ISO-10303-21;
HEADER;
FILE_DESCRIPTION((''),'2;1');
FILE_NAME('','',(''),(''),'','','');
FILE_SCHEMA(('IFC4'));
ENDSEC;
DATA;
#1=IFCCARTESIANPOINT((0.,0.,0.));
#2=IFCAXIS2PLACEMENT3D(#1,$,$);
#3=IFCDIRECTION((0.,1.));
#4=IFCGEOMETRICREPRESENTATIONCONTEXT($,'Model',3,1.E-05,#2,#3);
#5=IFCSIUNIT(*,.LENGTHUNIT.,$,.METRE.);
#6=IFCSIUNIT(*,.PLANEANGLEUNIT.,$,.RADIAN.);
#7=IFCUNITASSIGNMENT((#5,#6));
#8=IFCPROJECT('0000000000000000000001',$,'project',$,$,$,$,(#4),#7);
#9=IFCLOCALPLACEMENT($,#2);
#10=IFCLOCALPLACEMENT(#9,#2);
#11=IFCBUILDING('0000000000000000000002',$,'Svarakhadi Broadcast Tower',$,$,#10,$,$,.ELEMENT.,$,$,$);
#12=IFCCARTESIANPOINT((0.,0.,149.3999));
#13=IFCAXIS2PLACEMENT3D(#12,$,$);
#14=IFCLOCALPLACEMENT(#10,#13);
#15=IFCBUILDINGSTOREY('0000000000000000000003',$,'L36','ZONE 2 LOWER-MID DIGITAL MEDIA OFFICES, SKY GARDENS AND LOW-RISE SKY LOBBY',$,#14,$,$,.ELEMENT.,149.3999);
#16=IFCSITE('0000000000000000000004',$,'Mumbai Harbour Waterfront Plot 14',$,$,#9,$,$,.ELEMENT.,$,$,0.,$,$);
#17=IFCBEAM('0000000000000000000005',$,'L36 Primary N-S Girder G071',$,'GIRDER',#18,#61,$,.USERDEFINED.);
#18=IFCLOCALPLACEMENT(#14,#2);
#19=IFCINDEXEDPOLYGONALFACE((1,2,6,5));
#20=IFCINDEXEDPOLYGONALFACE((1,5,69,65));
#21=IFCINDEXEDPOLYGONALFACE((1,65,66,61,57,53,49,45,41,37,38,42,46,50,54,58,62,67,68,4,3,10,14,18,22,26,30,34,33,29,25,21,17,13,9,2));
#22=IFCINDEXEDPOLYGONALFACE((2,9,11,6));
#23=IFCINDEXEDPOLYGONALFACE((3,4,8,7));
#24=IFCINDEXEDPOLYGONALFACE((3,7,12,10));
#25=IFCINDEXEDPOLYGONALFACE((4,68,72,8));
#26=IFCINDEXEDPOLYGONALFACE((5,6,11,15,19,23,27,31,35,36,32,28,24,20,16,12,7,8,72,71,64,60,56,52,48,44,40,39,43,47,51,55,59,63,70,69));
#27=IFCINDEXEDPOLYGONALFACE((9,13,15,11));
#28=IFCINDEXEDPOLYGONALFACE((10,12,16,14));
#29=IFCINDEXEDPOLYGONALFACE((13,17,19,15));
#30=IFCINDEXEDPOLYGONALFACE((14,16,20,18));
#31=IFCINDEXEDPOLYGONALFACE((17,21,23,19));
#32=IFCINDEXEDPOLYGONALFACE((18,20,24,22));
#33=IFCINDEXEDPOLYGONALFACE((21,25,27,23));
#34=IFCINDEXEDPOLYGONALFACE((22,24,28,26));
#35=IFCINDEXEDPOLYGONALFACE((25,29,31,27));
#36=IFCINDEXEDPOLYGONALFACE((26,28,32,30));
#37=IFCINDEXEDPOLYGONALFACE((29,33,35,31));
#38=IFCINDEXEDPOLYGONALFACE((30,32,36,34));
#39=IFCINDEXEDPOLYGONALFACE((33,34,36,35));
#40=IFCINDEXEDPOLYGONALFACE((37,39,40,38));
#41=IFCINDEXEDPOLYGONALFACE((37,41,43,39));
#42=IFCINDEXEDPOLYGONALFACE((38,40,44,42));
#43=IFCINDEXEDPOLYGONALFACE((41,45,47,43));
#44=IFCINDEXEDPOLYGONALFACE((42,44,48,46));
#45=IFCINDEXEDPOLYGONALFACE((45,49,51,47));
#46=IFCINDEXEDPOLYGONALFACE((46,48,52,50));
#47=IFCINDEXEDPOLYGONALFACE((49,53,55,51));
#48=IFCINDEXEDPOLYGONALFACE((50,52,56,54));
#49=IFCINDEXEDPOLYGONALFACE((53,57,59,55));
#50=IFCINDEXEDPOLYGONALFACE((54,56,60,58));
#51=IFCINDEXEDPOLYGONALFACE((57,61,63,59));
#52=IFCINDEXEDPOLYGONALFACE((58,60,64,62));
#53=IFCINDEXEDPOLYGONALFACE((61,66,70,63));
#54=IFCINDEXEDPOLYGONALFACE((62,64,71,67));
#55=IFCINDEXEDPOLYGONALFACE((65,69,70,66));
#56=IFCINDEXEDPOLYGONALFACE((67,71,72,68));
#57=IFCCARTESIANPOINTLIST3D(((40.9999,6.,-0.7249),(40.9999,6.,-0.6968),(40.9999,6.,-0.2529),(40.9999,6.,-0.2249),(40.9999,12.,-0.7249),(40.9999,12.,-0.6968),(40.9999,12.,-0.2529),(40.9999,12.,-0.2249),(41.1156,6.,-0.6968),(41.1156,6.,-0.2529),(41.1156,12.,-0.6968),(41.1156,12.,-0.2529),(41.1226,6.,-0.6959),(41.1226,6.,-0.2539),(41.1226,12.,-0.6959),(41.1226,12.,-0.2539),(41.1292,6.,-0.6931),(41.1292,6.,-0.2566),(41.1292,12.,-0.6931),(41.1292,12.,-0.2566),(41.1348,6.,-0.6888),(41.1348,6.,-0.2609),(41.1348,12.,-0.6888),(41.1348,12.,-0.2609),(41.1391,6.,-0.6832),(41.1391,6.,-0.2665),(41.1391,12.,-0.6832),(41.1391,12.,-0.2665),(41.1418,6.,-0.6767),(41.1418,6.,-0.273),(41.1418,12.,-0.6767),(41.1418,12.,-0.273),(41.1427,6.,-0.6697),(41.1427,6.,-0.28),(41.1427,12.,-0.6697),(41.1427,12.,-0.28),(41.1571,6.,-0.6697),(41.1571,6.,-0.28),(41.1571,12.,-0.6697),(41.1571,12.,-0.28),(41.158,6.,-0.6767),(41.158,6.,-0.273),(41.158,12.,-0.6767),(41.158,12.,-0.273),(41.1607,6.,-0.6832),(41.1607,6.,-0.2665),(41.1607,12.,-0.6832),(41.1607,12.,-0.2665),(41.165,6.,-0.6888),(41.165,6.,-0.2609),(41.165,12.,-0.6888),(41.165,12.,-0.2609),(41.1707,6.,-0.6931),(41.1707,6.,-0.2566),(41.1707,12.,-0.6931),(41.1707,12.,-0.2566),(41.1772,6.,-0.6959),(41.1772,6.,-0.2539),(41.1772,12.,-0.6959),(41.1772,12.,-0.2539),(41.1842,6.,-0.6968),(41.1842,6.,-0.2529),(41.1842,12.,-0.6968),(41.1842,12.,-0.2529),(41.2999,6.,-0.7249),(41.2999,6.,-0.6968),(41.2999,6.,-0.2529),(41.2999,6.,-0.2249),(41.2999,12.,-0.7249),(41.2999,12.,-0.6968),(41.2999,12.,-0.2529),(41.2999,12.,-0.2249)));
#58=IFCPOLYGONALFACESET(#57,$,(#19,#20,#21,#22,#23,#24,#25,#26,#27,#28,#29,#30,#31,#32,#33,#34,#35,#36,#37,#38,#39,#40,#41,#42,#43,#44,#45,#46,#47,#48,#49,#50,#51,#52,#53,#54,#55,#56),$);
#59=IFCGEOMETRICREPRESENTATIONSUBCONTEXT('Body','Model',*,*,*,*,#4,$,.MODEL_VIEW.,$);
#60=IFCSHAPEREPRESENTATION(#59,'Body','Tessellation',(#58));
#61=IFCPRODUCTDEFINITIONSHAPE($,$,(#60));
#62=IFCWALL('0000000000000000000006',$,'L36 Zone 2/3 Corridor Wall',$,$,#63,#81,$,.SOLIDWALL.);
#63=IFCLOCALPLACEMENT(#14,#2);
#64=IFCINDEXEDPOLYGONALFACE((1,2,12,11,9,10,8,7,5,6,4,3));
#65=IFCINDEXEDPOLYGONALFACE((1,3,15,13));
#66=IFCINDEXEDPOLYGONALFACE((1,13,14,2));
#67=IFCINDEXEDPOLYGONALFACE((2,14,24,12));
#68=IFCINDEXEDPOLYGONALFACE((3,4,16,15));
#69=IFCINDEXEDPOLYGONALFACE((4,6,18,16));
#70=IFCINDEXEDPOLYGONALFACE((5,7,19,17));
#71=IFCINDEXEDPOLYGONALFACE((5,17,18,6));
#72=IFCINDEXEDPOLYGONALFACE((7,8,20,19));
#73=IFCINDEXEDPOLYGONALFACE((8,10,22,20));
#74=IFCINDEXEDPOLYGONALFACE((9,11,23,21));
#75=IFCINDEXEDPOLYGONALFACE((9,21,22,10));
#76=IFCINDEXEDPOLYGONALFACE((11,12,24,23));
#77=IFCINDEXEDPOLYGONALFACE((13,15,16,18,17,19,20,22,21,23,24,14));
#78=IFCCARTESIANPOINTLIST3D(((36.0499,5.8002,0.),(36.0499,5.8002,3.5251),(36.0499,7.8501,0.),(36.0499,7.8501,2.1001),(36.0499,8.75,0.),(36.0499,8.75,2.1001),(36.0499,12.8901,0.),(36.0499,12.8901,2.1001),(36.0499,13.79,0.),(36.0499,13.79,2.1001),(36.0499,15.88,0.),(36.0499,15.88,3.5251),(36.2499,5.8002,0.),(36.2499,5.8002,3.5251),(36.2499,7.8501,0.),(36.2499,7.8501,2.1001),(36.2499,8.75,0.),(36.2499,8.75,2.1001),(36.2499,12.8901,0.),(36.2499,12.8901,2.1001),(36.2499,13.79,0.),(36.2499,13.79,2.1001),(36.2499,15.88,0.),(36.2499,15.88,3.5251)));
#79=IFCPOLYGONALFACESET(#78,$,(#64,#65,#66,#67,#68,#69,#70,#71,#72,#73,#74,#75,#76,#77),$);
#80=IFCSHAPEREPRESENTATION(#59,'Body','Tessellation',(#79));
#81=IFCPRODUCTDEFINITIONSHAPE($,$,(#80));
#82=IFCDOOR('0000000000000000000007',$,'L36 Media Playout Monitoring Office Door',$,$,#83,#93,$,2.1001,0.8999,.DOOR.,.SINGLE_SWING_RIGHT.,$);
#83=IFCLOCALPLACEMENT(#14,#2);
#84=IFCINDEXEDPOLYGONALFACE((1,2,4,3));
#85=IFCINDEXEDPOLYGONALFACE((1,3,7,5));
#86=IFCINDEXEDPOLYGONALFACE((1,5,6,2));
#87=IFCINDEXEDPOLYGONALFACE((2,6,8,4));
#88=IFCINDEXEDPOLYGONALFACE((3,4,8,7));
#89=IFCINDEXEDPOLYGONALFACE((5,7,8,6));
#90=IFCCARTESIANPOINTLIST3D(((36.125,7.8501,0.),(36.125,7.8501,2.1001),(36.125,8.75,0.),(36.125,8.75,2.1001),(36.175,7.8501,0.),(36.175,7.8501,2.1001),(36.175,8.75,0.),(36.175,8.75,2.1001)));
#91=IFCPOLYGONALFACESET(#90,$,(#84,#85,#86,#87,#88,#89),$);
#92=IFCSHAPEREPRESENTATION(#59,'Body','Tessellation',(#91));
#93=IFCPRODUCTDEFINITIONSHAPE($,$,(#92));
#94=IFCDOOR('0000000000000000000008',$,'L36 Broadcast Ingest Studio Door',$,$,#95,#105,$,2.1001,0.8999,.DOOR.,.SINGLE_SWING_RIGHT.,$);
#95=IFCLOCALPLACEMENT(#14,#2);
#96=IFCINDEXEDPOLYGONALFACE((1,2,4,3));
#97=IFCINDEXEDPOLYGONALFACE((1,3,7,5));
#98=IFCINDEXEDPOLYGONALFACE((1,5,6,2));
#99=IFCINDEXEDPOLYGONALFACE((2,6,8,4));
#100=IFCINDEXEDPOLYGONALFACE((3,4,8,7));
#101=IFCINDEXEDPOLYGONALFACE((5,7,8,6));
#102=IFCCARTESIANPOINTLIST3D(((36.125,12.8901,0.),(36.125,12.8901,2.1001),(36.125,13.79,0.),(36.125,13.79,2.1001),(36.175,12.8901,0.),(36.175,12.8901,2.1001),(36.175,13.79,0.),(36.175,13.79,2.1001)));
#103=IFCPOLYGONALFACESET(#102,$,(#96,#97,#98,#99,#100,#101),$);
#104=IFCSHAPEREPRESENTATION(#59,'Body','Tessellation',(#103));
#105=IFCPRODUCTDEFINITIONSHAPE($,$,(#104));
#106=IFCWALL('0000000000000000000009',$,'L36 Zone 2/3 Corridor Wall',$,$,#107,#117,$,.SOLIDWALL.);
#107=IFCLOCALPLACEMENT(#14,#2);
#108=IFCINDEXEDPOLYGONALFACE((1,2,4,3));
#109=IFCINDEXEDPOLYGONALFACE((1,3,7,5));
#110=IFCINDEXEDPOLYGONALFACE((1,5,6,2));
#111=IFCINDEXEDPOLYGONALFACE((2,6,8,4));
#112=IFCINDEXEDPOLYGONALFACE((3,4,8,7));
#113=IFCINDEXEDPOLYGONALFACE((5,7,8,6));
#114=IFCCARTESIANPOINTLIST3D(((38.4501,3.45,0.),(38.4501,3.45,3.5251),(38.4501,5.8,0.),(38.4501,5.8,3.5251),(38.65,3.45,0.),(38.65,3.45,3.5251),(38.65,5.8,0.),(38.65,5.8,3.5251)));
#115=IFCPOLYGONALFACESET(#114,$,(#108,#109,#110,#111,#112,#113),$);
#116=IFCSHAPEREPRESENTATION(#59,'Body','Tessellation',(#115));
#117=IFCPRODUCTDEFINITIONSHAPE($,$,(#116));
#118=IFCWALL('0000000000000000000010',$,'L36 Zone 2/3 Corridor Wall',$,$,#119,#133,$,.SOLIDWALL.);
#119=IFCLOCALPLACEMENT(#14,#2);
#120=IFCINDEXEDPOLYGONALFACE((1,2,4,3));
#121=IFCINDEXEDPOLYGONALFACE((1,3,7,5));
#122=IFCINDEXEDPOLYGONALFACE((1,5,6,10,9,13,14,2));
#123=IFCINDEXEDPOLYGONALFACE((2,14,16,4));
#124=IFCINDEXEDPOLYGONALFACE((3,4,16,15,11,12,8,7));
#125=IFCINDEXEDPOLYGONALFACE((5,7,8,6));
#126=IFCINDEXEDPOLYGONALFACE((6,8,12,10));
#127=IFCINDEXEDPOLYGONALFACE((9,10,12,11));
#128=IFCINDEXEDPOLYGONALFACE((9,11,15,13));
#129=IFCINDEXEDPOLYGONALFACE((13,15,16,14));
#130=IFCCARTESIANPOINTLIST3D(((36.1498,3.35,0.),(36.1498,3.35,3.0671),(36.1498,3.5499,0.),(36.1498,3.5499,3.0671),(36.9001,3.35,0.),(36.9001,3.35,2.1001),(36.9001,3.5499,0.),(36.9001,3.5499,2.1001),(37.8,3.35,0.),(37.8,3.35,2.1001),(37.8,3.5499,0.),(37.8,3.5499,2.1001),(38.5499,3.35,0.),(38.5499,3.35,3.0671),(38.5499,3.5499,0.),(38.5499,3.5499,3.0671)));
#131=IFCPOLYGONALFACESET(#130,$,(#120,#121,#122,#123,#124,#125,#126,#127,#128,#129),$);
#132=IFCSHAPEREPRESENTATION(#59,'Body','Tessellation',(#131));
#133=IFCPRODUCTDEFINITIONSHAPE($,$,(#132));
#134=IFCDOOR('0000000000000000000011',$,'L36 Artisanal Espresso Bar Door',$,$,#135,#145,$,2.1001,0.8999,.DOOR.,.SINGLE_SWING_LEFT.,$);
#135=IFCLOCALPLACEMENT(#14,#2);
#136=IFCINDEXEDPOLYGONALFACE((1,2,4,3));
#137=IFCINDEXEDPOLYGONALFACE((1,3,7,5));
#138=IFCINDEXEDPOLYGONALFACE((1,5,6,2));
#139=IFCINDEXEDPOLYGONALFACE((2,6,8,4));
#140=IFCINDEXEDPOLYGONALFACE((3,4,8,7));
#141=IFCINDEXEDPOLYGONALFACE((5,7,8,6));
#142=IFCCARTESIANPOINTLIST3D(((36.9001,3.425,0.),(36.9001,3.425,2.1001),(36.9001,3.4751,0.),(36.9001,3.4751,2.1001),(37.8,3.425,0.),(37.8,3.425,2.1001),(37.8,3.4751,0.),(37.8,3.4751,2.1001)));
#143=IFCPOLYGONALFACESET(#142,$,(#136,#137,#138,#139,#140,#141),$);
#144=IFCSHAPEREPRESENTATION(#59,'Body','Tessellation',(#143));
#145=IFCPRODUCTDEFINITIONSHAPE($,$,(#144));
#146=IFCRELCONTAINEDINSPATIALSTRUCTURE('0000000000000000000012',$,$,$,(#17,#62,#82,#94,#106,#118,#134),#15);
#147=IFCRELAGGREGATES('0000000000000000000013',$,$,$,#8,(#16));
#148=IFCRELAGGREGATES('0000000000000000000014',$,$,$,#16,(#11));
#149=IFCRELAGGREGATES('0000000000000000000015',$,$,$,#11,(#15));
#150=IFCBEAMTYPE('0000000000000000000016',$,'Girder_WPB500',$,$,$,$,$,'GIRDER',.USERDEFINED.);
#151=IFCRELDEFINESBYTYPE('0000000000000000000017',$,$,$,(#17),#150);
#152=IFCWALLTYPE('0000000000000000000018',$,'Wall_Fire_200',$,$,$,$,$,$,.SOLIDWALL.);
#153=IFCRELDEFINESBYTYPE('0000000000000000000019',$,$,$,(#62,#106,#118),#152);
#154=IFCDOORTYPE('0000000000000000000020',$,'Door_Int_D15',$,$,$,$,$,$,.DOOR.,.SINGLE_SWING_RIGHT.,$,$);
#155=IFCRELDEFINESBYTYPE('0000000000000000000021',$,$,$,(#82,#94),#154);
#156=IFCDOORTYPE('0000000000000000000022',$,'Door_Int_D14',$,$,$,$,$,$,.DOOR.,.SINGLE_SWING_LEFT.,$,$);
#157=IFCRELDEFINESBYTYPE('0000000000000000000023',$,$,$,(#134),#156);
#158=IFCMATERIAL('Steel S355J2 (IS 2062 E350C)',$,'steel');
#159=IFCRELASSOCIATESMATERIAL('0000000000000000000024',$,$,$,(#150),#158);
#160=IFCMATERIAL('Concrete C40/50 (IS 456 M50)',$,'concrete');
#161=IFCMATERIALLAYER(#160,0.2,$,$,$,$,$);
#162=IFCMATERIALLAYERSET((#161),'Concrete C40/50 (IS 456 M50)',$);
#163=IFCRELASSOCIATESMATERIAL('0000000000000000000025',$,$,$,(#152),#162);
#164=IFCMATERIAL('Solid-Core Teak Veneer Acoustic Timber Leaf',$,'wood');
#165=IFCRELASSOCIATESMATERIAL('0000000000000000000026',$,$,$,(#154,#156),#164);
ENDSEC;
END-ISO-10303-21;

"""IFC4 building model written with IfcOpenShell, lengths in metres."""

from ifc_helpers import new_model, si_unit, direction, frame, frame_2d, origin, origin_2d, place, context, subcontext, project, spatial, rectangle, i_section, extrude, material, layer, layer_set, material_profile, profile_set, type_object, element, fill, save


model = new_model("IFC4")

# Units and contexts
model_context = context("Model", 3, precision=1e-05, world=origin(), true_north=direction((0.0, 1.0)))
body_context = subcontext(model_context, "Body", "Model", "MODEL_VIEW")
ifc_project = project(units=[si_unit("LENGTHUNIT", "METRE"), si_unit("PLANEANGLEUNIT", "RADIAN")], contexts=[model_context])

# Site, building, storey
site_placement = place(None, origin())
site = spatial("IfcSite", under=ifc_project, at=site_placement, Name="Mumbai Harbour Waterfront Plot 14", CompositionType="ELEMENT", RefElevation=0.0)
building_placement = place(site_placement, origin())
building = spatial("IfcBuilding", under=site, at=building_placement, Name="Svarakhadi Broadcast Tower", CompositionType="ELEMENT")
storey_placement = place(building_placement, frame((0.0, 0.0, 149.3999)))
storey = spatial("IfcBuildingStorey", under=building, at=storey_placement, Name="L36", Description="ZONE 2 LOWER-MID DIGITAL MEDIA OFFICES, SKY GARDENS AND LOW-RISE SKY LOBBY", CompositionType="ELEMENT", Elevation=149.3999)

# Beam
ifc_material_1 = material(Name="Steel S355J2 (IS 2062 E350C)", Category="steel")
ifc_material_profile_1 = material_profile(ifc_material_1, i_section(OverallWidth=0.3, OverallDepth=0.5, WebThickness=0.0144, FlangeThickness=0.0281, FilletRadius=0.0271, at=origin_2d()), Name="WPB 500x300x187")
ifc_profile_set_1 = profile_set([ifc_material_profile_1], Name="Steel S355J2 (IS 2062 E350C)")
beam_type_1 = type_object("IfcBeamType", Name="Girder_WPB500", ElementType="GIRDER", PredefinedType="USERDEFINED", material=ifc_profile_set_1)
for number, where, z_axis, x_axis, name in (
    (1, (41.1499, 6.0, -0.4749), (0.0, 1.0, 0.0), (-1.0, 0.0, 0.0), "L36 Primary N-S Girder G071"),
):
    element("IfcBeam", number, at=place(storey_placement, frame(where, z_axis=z_axis, x_axis=x_axis)), inside=storey, type_object=beam_type_1, Name=name, ObjectType="GIRDER", PredefinedType="USERDEFINED", context=body_context, shape_type="SweptSolid", body=[
        extrude(i_section(OverallWidth=0.3, OverallDepth=0.5, WebThickness=0.0144, FlangeThickness=0.0281, FilletRadius=0.0271, at=origin_2d()), origin(), (0.0, 0.0, 1.0), 6.0),
    ])

# Wall, openings, doors
ifc_material_2 = material(Name="Concrete C40/50 (IS 456 M50)", Category="concrete")
ifc_layer_1 = layer(ifc_material_2, 0.2)
ifc_layer_set_1 = layer_set([ifc_layer_1], Name="Concrete C40/50 (IS 456 M50)")
wall_type_1 = type_object("IfcWallType", Name="Wall_Fire_200", PredefinedType="SOLIDWALL", material=ifc_layer_set_1)
wall_1_placement = place(storey_placement, frame((36.1499, 5.8, 0.0), z_axis=(0.0, 0.0, 1.0), x_axis=(0.0, 1.0, 0.0)))
wall_1 = element("IfcWall", 2, at=wall_1_placement, inside=storey, type_object=wall_type_1, Name="L36 Zone 2/3 Corridor Wall", PredefinedType="SOLIDWALL", context=body_context, shape_type="SweptSolid", body=[
    extrude(rectangle(XDim=10.0798, YDim=0.2, at=frame_2d((5.04, 0.0))), origin(), (0.0, 0.0, 1.0), 3.5251),
])
opening_1_placement = place(wall_1_placement, frame((2.05, 0.0, 0.0)))
opening_1 = element("IfcOpeningElement", 3, at=opening_1_placement, cuts=wall_1, PredefinedType="OPENING", context=body_context, shape_type="SweptSolid", body=[
    extrude(rectangle(XDim=0.8999, YDim=2.1001, at=frame_2d((0.45, 1.05))), frame((0.0, 0.1099, 0.0), z_axis=(0.0, -1.0, 0.0), x_axis=(1.0, 0.0, 0.0)), (0.0, 0.0, 1.0), 0.22),
])
opening_2_placement = place(wall_1_placement, frame((7.0901, 0.0, 0.0)))
opening_2 = element("IfcOpeningElement", 4, at=opening_2_placement, cuts=wall_1, PredefinedType="OPENING", context=body_context, shape_type="SweptSolid", body=[
    extrude(rectangle(XDim=0.8999, YDim=2.1001, at=frame_2d((0.45, 1.05))), frame((0.0, 0.1099, 0.0), z_axis=(0.0, -1.0, 0.0), x_axis=(1.0, 0.0, 0.0)), (0.0, 0.0, 1.0), 0.22),
])
ifc_material_3 = material(Name="Solid-Core Teak Veneer Acoustic Timber Leaf", Category="wood")
door_type_1 = type_object("IfcDoorType", Name="Door_Int_D15", OperationType="SINGLE_SWING_RIGHT", PredefinedType="DOOR", material=ifc_material_3)
door_1_placement = place(opening_1_placement, origin())
door_1 = element("IfcDoor", 5, at=door_1_placement, inside=storey, type_object=door_type_1, Name="L36 Media Playout Monitoring Office Door", OperationType="SINGLE_SWING_RIGHT", OverallHeight=2.1001, OverallWidth=0.8999, PredefinedType="DOOR", context=body_context, shape_type="SweptSolid", body=[
    extrude(rectangle(XDim=0.8999, YDim=2.1001, at=frame_2d((0.45, 1.05))), frame((0.0, 0.0249, 0.0), z_axis=(0.0, -1.0, 0.0), x_axis=(1.0, 0.0, 0.0)), (0.0, 0.0, 1.0), 0.05),
])
fill(opening_1, door_1)
door_2_placement = place(opening_2_placement, origin())
door_2 = element("IfcDoor", 6, at=door_2_placement, inside=storey, type_object=door_type_1, Name="L36 Broadcast Ingest Studio Door", OperationType="SINGLE_SWING_RIGHT", OverallHeight=2.1001, OverallWidth=0.8999, PredefinedType="DOOR", context=body_context, shape_type="SweptSolid", body=[
    extrude(rectangle(XDim=0.8999, YDim=2.1001, at=frame_2d((0.45, 1.05))), frame((0.0, 0.0249, 0.0), z_axis=(0.0, -1.0, 0.0), x_axis=(1.0, 0.0, 0.0)), (0.0, 0.0, 1.0), 0.05),
])
fill(opening_2, door_2)

# Wall
wall_2_placement = place(storey_placement, frame((38.55, 5.8, 0.0), z_axis=(0.0, 0.0, 1.0), x_axis=(0.0, -1.0, 0.0)))
element("IfcWall", 7, at=wall_2_placement, inside=storey, type_object=wall_type_1, Name="L36 Zone 2/3 Corridor Wall", PredefinedType="SOLIDWALL", context=body_context, shape_type="SweptSolid", body=[
    extrude(rectangle(XDim=2.3501, YDim=0.2, at=frame_2d((1.175, 0.0))), origin(), (0.0, 0.0, 1.0), 3.5251),
])

# Wall, opening, door
wall_3_placement = place(storey_placement, frame((38.55, 3.45, 0.0), z_axis=(0.0, 0.0, 1.0), x_axis=(-1.0, 0.0, 0.0)))
wall_3 = element("IfcWall", 8, at=wall_3_placement, inside=storey, type_object=wall_type_1, Name="L36 Zone 2/3 Corridor Wall", PredefinedType="SOLIDWALL", context=body_context, shape_type="SweptSolid", body=[
    extrude(rectangle(XDim=2.4001, YDim=0.2, at=frame_2d((1.2002, 0.0))), origin(), (0.0, 0.0, 1.0), 3.0671),
])
opening_3_placement = place(wall_3_placement, frame((0.75, 0.0, 0.0)))
opening_3 = element("IfcOpeningElement", 9, at=opening_3_placement, cuts=wall_3, PredefinedType="OPENING", context=body_context, shape_type="SweptSolid", body=[
    extrude(rectangle(XDim=0.8999, YDim=2.1001, at=frame_2d((0.45, 1.05))), frame((0.0, 0.1099, 0.0), z_axis=(0.0, -1.0, 0.0), x_axis=(1.0, 0.0, 0.0)), (0.0, 0.0, 1.0), 0.22),
])
door_type_2 = type_object("IfcDoorType", Name="Door_Int_D14", OperationType="SINGLE_SWING_LEFT", PredefinedType="DOOR", material=ifc_material_3)
door_3_placement = place(opening_3_placement, origin())
door_3 = element("IfcDoor", 10, at=door_3_placement, inside=storey, type_object=door_type_2, Name="L36 Artisanal Espresso Bar Door", OperationType="SINGLE_SWING_LEFT", OverallHeight=2.1001, OverallWidth=0.8999, PredefinedType="DOOR", context=body_context, shape_type="SweptSolid", body=[
    extrude(rectangle(XDim=0.8999, YDim=2.1001, at=frame_2d((0.45, 1.05))), frame((0.0, 0.0249, 0.0), z_axis=(0.0, -1.0, 0.0), x_axis=(1.0, 0.0, 0.0)), (0.0, 0.0, 1.0), 0.05),
])
fill(opening_3, door_3)

save(model, "model.ifc")
